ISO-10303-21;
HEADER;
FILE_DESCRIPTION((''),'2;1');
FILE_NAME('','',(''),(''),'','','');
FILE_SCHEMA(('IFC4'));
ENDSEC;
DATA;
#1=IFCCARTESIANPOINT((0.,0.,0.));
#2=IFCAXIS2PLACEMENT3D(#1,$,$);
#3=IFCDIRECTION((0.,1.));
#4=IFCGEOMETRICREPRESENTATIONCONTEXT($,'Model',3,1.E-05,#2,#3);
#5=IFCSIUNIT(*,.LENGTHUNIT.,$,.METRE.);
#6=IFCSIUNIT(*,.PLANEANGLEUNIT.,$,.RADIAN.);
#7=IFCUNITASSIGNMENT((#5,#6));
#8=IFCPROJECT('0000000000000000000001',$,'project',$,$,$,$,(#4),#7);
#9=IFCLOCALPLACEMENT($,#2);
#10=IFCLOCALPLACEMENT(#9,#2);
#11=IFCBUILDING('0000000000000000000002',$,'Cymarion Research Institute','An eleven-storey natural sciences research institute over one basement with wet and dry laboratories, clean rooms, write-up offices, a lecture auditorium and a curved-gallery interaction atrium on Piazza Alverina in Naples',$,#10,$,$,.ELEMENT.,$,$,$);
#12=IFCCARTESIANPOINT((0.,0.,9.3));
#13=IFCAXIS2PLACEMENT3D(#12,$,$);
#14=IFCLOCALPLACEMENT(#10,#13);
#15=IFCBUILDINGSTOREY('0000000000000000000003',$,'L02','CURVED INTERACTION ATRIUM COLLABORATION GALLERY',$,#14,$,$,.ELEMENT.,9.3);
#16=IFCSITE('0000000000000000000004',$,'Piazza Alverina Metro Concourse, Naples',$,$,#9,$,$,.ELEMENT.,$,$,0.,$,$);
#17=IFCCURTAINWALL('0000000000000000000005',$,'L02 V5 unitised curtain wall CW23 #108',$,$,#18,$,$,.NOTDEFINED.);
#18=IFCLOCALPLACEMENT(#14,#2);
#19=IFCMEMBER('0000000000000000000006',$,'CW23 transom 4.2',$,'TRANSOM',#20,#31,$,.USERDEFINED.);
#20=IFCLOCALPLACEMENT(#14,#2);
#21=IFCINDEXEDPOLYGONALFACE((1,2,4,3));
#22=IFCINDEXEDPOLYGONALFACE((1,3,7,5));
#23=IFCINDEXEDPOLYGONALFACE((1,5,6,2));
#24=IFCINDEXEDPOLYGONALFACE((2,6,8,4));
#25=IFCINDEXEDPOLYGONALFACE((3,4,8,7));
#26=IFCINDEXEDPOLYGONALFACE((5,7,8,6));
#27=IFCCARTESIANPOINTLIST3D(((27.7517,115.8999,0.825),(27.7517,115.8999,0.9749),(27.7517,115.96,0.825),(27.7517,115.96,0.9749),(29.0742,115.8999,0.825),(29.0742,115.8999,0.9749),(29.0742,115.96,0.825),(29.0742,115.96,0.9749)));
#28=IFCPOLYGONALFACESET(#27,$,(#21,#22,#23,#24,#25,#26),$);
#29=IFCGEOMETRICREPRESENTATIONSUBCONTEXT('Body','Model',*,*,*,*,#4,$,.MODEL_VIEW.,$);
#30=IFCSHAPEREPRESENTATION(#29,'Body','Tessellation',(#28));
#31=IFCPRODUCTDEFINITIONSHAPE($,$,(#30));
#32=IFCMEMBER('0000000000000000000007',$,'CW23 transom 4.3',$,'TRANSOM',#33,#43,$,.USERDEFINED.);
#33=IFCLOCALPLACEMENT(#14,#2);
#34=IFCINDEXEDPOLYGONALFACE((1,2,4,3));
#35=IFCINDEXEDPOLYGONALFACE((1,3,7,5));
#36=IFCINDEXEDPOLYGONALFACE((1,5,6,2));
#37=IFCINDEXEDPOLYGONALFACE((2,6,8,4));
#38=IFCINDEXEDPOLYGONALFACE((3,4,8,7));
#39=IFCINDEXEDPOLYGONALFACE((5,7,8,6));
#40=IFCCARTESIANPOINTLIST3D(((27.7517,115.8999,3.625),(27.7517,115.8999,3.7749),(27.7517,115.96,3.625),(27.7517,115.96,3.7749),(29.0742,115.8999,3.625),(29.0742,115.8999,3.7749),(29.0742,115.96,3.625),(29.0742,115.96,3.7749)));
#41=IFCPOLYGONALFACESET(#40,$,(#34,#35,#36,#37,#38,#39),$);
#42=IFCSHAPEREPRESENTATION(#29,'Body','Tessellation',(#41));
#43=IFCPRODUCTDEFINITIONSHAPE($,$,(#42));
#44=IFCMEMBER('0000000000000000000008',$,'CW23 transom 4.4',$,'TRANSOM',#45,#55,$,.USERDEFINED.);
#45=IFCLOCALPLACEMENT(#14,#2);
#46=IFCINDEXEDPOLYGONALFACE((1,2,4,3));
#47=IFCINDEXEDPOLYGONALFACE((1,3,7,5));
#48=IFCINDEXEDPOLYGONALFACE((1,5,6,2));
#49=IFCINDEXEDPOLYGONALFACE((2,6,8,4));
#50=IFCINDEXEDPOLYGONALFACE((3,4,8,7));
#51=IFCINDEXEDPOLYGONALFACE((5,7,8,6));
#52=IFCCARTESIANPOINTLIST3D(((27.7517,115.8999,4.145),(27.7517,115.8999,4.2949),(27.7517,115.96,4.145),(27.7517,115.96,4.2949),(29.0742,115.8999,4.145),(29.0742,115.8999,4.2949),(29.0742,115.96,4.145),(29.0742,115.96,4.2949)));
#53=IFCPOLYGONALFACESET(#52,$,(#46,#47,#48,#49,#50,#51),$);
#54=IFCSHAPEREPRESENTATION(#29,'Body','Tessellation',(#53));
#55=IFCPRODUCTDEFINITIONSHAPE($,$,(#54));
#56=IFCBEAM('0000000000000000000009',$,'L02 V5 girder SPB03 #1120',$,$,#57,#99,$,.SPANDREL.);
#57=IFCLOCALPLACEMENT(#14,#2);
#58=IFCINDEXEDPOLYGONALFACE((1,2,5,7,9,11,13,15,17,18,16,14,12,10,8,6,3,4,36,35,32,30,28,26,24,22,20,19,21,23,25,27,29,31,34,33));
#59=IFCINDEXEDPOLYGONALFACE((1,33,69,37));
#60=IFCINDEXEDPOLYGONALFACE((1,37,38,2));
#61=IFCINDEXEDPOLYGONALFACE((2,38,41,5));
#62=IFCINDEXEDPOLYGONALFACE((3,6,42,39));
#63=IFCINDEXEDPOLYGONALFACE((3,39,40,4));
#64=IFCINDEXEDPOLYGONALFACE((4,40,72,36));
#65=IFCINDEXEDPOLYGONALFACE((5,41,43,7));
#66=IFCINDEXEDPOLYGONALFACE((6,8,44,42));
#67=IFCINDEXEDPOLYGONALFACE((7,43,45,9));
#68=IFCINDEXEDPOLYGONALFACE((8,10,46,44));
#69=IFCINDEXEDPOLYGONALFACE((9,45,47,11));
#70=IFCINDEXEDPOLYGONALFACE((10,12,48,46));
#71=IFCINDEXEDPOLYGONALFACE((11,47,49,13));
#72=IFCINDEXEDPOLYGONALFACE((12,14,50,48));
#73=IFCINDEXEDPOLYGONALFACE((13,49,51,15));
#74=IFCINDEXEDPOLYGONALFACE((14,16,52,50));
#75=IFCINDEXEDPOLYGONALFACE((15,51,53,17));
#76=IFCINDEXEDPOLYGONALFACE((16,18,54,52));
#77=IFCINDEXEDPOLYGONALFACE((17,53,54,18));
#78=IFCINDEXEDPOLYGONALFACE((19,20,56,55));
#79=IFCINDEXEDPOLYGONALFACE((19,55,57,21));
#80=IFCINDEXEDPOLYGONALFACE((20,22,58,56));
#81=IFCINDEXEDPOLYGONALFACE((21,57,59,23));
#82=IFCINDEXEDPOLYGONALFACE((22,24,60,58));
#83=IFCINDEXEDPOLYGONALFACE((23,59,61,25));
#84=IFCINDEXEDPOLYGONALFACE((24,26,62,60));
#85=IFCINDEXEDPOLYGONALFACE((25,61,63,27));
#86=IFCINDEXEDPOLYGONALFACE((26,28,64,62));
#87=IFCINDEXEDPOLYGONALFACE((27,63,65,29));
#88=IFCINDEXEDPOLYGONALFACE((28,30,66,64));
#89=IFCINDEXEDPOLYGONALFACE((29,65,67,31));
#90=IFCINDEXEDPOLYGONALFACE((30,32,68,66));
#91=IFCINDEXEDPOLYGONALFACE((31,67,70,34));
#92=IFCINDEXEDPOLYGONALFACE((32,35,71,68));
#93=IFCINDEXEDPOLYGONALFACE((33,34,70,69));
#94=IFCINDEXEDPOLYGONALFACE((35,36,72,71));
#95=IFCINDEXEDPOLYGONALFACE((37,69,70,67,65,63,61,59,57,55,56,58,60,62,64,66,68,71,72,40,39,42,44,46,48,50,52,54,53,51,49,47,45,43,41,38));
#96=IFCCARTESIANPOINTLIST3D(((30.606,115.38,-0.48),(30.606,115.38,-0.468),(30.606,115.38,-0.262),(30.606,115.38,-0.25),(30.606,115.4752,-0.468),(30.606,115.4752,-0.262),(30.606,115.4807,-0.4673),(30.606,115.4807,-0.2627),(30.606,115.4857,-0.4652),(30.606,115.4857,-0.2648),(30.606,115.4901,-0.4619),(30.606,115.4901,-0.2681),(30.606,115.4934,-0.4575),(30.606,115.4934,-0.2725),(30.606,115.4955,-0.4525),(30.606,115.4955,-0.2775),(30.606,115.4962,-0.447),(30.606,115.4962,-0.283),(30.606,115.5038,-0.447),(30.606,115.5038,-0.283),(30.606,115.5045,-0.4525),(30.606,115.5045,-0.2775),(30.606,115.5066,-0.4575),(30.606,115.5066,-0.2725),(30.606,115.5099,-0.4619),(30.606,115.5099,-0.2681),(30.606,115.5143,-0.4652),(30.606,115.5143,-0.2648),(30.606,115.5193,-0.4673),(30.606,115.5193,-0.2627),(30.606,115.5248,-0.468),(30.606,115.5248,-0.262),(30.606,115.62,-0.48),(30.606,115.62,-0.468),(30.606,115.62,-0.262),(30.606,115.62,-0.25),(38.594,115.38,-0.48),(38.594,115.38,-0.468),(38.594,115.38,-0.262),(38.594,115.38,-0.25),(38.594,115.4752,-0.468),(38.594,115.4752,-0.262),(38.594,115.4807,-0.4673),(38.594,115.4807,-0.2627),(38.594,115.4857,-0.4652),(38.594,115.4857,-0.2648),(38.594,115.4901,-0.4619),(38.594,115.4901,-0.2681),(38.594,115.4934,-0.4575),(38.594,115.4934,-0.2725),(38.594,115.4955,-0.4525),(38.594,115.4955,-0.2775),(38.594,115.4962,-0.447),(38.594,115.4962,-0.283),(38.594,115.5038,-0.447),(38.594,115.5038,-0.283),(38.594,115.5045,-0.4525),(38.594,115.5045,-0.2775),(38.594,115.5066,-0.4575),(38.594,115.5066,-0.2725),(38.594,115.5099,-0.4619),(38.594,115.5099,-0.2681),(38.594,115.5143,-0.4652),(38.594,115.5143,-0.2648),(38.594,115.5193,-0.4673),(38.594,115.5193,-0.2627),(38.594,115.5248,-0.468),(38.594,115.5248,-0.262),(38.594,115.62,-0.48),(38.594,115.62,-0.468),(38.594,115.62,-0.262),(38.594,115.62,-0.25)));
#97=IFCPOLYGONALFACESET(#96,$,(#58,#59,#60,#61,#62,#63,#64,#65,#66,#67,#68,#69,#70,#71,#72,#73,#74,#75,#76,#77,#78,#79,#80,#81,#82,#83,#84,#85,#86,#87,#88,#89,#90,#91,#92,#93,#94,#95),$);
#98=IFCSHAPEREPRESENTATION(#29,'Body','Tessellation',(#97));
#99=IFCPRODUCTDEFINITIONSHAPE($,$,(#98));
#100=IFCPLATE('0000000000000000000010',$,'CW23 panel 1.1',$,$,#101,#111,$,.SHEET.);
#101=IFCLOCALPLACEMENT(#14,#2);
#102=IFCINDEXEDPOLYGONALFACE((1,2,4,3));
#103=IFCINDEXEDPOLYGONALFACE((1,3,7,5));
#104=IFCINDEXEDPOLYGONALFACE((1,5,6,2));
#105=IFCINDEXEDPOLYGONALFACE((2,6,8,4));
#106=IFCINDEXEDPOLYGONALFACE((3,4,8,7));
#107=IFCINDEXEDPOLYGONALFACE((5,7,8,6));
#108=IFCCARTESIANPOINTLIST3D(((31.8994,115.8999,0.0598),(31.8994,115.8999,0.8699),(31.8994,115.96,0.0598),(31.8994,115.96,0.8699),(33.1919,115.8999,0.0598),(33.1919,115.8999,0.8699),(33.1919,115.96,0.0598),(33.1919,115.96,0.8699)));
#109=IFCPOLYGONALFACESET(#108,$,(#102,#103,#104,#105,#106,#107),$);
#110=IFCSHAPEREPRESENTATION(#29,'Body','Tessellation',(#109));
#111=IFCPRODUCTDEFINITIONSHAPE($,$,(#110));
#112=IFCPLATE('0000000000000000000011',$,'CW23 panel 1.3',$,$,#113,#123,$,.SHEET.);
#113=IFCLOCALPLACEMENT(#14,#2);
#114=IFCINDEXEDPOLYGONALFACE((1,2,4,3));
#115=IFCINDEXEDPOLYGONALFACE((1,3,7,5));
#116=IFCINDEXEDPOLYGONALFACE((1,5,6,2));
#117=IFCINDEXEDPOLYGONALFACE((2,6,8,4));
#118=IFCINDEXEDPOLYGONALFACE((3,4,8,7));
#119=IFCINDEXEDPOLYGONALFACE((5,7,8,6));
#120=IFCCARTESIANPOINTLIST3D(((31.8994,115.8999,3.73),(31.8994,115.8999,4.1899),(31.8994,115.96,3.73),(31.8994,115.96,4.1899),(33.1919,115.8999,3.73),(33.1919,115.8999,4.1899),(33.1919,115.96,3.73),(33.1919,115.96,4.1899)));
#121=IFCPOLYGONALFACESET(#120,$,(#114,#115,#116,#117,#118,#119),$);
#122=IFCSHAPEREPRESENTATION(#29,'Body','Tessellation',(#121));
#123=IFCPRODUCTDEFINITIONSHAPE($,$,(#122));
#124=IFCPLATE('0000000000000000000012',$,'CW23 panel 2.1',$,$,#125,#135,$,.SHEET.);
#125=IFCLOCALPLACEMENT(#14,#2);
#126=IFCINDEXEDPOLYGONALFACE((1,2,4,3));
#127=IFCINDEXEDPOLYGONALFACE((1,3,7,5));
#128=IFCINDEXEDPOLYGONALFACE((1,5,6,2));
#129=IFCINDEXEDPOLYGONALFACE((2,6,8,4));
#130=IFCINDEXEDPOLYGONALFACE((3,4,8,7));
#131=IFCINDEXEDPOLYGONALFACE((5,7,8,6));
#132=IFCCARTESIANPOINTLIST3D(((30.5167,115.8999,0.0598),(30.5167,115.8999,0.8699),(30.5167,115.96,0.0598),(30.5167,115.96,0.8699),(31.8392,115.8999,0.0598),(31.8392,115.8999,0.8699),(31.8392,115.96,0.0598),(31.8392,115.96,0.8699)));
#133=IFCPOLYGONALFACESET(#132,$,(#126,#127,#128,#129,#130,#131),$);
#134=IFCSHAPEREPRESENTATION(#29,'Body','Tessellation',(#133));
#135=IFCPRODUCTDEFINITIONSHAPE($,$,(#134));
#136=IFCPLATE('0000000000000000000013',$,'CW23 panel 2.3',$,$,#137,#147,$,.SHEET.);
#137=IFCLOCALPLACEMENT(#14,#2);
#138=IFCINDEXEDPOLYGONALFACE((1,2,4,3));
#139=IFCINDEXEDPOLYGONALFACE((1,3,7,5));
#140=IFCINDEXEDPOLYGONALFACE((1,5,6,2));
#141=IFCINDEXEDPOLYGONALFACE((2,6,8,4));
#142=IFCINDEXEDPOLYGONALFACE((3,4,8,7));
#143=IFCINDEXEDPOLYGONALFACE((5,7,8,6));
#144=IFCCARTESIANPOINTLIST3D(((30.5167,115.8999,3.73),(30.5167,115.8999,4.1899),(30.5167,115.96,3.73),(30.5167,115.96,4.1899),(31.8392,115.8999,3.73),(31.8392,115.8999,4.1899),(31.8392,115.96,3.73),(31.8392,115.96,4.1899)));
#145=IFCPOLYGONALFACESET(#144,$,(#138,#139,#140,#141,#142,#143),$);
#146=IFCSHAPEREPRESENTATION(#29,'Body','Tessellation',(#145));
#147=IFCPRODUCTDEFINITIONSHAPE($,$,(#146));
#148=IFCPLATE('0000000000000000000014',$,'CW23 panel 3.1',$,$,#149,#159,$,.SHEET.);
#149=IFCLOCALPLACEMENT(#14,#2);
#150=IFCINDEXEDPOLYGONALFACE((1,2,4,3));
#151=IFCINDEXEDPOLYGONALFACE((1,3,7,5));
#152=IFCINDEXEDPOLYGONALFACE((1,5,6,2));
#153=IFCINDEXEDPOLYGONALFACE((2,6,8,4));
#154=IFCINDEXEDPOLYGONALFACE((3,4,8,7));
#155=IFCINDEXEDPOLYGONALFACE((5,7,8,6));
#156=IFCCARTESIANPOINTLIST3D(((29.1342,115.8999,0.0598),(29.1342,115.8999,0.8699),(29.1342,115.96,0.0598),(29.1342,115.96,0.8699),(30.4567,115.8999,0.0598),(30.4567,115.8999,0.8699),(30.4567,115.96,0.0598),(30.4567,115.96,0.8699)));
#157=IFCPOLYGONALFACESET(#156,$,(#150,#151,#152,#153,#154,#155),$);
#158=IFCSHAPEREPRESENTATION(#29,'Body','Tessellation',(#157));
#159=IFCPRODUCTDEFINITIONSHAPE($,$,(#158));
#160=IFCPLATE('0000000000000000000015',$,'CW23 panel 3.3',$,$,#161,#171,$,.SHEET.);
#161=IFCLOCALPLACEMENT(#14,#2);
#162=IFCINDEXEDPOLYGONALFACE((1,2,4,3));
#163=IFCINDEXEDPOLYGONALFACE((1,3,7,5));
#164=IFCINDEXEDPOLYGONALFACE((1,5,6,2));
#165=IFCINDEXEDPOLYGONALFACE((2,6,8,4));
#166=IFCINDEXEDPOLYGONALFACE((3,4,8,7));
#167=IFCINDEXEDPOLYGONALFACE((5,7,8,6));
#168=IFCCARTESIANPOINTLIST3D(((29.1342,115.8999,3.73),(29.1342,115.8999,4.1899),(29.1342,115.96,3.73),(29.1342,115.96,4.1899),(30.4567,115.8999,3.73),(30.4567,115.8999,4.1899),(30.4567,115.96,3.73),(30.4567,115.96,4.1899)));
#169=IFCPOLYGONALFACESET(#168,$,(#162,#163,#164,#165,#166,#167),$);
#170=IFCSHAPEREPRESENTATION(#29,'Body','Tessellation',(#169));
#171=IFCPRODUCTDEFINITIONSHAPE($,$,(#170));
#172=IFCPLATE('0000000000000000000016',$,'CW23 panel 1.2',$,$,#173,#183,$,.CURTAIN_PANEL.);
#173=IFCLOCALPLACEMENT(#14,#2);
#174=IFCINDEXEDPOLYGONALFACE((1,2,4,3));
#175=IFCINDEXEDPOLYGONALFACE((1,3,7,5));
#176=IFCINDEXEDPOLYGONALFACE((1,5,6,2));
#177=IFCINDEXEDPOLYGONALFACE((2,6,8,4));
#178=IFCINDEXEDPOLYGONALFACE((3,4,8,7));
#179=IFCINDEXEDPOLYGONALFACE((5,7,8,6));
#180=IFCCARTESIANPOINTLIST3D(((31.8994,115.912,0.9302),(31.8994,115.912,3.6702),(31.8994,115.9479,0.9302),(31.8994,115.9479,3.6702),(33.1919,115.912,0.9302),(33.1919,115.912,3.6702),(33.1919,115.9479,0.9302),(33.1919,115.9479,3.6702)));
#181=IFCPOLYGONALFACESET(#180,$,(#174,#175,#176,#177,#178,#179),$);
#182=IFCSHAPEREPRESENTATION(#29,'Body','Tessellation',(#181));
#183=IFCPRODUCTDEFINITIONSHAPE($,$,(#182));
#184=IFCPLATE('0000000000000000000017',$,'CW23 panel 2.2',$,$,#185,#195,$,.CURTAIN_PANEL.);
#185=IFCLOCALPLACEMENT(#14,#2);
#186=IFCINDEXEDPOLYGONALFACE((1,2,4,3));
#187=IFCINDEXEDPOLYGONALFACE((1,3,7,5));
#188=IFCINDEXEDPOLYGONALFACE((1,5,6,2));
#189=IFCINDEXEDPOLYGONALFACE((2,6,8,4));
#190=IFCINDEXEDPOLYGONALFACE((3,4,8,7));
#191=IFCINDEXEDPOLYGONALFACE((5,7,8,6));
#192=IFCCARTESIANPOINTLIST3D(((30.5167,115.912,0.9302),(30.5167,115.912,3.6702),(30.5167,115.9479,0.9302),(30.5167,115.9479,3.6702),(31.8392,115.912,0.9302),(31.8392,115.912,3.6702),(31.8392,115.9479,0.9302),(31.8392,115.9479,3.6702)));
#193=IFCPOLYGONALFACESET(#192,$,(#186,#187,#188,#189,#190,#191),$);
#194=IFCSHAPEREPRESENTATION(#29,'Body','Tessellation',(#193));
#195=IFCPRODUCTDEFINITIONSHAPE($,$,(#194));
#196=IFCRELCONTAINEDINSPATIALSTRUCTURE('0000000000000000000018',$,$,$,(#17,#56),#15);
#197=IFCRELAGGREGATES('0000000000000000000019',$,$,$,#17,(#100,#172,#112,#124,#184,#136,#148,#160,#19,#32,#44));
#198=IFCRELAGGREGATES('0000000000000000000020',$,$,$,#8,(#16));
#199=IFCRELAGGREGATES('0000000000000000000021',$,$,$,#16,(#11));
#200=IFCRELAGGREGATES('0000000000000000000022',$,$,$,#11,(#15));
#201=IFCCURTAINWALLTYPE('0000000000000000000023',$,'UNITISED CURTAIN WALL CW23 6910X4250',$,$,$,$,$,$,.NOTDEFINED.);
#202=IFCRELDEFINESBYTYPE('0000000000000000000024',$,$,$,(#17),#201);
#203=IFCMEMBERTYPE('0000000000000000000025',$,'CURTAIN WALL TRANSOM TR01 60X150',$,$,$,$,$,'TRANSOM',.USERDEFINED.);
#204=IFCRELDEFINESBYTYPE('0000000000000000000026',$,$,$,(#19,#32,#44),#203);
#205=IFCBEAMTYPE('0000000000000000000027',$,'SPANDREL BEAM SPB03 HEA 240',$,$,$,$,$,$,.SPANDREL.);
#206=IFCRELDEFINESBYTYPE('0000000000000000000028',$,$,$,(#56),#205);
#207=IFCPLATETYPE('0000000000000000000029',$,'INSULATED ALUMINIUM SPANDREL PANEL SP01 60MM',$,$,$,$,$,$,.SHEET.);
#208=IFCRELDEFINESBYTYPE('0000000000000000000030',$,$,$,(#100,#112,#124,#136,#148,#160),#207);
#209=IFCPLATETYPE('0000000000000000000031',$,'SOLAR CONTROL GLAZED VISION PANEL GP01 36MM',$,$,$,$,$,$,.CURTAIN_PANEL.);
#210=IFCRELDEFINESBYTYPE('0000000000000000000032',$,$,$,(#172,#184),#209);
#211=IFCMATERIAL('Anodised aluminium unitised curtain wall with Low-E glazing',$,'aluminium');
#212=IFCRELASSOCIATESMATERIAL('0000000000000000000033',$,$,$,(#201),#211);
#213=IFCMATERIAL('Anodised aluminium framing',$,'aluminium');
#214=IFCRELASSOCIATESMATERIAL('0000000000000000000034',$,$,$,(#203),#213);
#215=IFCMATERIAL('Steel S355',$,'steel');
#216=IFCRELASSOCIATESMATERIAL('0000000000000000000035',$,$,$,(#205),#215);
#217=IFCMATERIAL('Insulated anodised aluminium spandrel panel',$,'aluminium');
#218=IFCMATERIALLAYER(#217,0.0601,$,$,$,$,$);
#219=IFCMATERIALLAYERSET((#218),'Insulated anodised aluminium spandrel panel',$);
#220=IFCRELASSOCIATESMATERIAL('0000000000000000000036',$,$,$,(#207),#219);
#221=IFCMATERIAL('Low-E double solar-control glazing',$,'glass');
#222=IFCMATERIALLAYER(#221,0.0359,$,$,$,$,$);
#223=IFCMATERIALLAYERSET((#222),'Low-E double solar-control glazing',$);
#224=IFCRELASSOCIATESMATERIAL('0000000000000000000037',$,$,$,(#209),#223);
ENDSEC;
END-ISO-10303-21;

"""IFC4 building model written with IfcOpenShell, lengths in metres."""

from ifc_helpers import new_model, si_unit, direction, frame, origin, origin_2d, place, context, subcontext, project, spatial, rectangle, i_section, extrude, material, layer, layer_set, material_profile, profile_set, type_object, element, aggregate, save


model = new_model("IFC4")

# Units and contexts
model_context = context("Model", 3, precision=1e-05, world=origin(), true_north=direction((0.0, 1.0)))
body_context = subcontext(model_context, "Body", "Model", "MODEL_VIEW")
ifc_project = project(units=[si_unit("LENGTHUNIT", "METRE"), si_unit("PLANEANGLEUNIT", "RADIAN")], contexts=[model_context])

# Site, building, storey
site_placement = place(None, origin())
site = spatial("IfcSite", under=ifc_project, at=site_placement, Name="Piazza Alverina Metro Concourse, Naples", CompositionType="ELEMENT", RefElevation=0.0)
building_placement = place(site_placement, origin())
building = spatial("IfcBuilding", under=site, at=building_placement, Name="Cymarion Research Institute", Description="An eleven-storey natural sciences research institute over one basement with wet and dry laboratories, clean rooms, write-up offices, a lecture auditorium and a curved-gallery interaction atrium on Piazza Alverina in Naples", CompositionType="ELEMENT")
storey_placement = place(building_placement, frame((0.0, 0.0, 9.3)))
storey = spatial("IfcBuildingStorey", under=building, at=storey_placement, Name="L02", Description="CURVED INTERACTION ATRIUM COLLABORATION GALLERY", CompositionType="ELEMENT", Elevation=9.3)

# Shared definitions
ifc_material_1 = material(Name="Steel S355", Category="steel")

# Curtain wall, members
ifc_material_2 = material(Name="Anodised aluminium unitised curtain wall with Low-E glazing", Category="aluminium")
curtain_wall_type = type_object("IfcCurtainWallType", Name="UNITISED CURTAIN WALL CW23 6910X4250", PredefinedType="NOTDEFINED", material=ifc_material_2)
curtain_wall_placement = place(storey_placement, origin())
curtain_wall = element("IfcCurtainWall", 1, at=curtain_wall_placement, inside=storey, type_object=curtain_wall_type, Name="L02 V5 unitised curtain wall CW23 #108", PredefinedType="NOTDEFINED")
ifc_material_3 = material(Name="Anodised aluminium framing", Category="aluminium")
ifc_material_profile_1 = material_profile(ifc_material_3, rectangle(XDim=0.0601, YDim=0.1499, at=origin_2d()), Name="ALU TRANSOM 60x150")
ifc_profile_set_1 = profile_set([ifc_material_profile_1], Name="Anodised aluminium framing")
member_type_1 = type_object("IfcMemberType", Name="CURTAIN WALL TRANSOM TR01 60X150", ElementType="TRANSOM", PredefinedType="USERDEFINED", material=ifc_profile_set_1)
member_1_placement = place(storey_placement, frame((29.0742, 115.9299, 0.8999), z_axis=(-1.0, 0.0, 0.0), x_axis=(0.0, -1.0, 0.0)))
member_1 = element("IfcMember", 2, at=member_1_placement, type_object=member_type_1, Name="CW23 transom 4.2", ObjectType="TRANSOM", PredefinedType="USERDEFINED", context=body_context, shape_type="SweptSolid", body=[
    extrude(rectangle(XDim=0.0601, YDim=0.1499, at=origin_2d()), origin(), (0.0, 0.0, 1.0), 1.3225),
])
member_2_placement = place(storey_placement, frame((29.0742, 115.9299, 3.7), z_axis=(-1.0, 0.0, 0.0), x_axis=(0.0, -1.0, 0.0)))
member_2 = element("IfcMember", 3, at=member_2_placement, type_object=member_type_1, Name="CW23 transom 4.3", ObjectType="TRANSOM", PredefinedType="USERDEFINED", context=body_context, shape_type="SweptSolid", body=[
    extrude(rectangle(XDim=0.0601, YDim=0.1499, at=origin_2d()), origin(), (0.0, 0.0, 1.0), 1.3225),
])
member_3_placement = place(storey_placement, frame((29.0742, 115.9299, 4.22), z_axis=(-1.0, 0.0, 0.0), x_axis=(0.0, -1.0, 0.0)))
member_3 = element("IfcMember", 4, at=member_3_placement, type_object=member_type_1, Name="CW23 transom 4.4", ObjectType="TRANSOM", PredefinedType="USERDEFINED", context=body_context, shape_type="SweptSolid", body=[
    extrude(rectangle(XDim=0.0601, YDim=0.1499, at=origin_2d()), origin(), (0.0, 0.0, 1.0), 1.3225),
])

# Beam
ifc_material_profile_2 = material_profile(ifc_material_1, i_section(OverallWidth=0.24, OverallDepth=0.23, WebThickness=0.0076, FlangeThickness=0.012, FilletRadius=0.021, at=origin_2d()), Name="HEA 240")
ifc_profile_set_2 = profile_set([ifc_material_profile_2], Name="Steel S355")
beam_type = type_object("IfcBeamType", Name="SPANDREL BEAM SPB03 HEA 240", PredefinedType="SPANDREL", material=ifc_profile_set_2)
beam_placement = place(storey_placement, frame((30.606, 115.5, -0.365), z_axis=(1.0, 0.0, 0.0), x_axis=(0.0, 1.0, 0.0)))
element("IfcBeam", 5, at=beam_placement, inside=storey, type_object=beam_type, Name="L02 V5 girder SPB03 #1120", PredefinedType="SPANDREL", context=body_context, shape_type="SweptSolid", body=[
    extrude(i_section(OverallWidth=0.24, OverallDepth=0.23, WebThickness=0.0076, FlangeThickness=0.012, FilletRadius=0.021, at=origin_2d()), origin(), (0.0, 0.0, 1.0), 7.988),
])

# Plates
ifc_material_4 = material(Name="Insulated anodised aluminium spandrel panel", Category="aluminium")
ifc_layer_1 = layer(ifc_material_4, 0.0601)
ifc_layer_set_1 = layer_set([ifc_layer_1], Name="Insulated anodised aluminium spandrel panel")
plate_type_1 = type_object("IfcPlateType", Name="INSULATED ALUMINIUM SPANDREL PANEL SP01 60MM", PredefinedType="SHEET", material=ifc_layer_set_1)
plate_1_placement = place(storey_placement, frame((32.5457, 115.9299, 0.0598), z_axis=(0.0, 0.0, 1.0), x_axis=(-1.0, 0.0, 0.0)))
plate_1 = element("IfcPlate", 6, at=plate_1_placement, type_object=plate_type_1, Name="CW23 panel 1.1", PredefinedType="SHEET", context=body_context, shape_type="SweptSolid", body=[
    extrude(rectangle(XDim=1.2925, YDim=0.0601, at=origin_2d()), origin(), (0.0, 0.0, 1.0), 0.8101),
])
plate_2_placement = place(storey_placement, frame((32.5457, 115.9299, 3.73), z_axis=(0.0, 0.0, 1.0), x_axis=(-1.0, 0.0, 0.0)))
plate_2 = element("IfcPlate", 7, at=plate_2_placement, type_object=plate_type_1, Name="CW23 panel 1.3", PredefinedType="SHEET", context=body_context, shape_type="SweptSolid", body=[
    extrude(rectangle(XDim=1.2925, YDim=0.0601, at=origin_2d()), origin(), (0.0, 0.0, 1.0), 0.46),
])
plate_3_placement = place(storey_placement, frame((31.178, 115.9299, 0.0598), z_axis=(0.0, 0.0, 1.0), x_axis=(-1.0, 0.0, 0.0)))
plate_3 = element("IfcPlate", 8, at=plate_3_placement, type_object=plate_type_1, Name="CW23 panel 2.1", PredefinedType="SHEET", context=body_context, shape_type="SweptSolid", body=[
    extrude(rectangle(XDim=1.3225, YDim=0.0601, at=origin_2d()), origin(), (0.0, 0.0, 1.0), 0.8101),
])
plate_4_placement = place(storey_placement, frame((31.178, 115.9299, 3.73), z_axis=(0.0, 0.0, 1.0), x_axis=(-1.0, 0.0, 0.0)))
plate_4 = element("IfcPlate", 9, at=plate_4_placement, type_object=plate_type_1, Name="CW23 panel 2.3", PredefinedType="SHEET", context=body_context, shape_type="SweptSolid", body=[
    extrude(rectangle(XDim=1.3225, YDim=0.0601, at=origin_2d()), origin(), (0.0, 0.0, 1.0), 0.46),
])
plate_5_placement = place(storey_placement, frame((29.7954, 115.9299, 0.0598), z_axis=(0.0, 0.0, 1.0), x_axis=(-1.0, 0.0, 0.0)))
plate_5 = element("IfcPlate", 10, at=plate_5_placement, type_object=plate_type_1, Name="CW23 panel 3.1", PredefinedType="SHEET", context=body_context, shape_type="SweptSolid", body=[
    extrude(rectangle(XDim=1.3225, YDim=0.0601, at=origin_2d()), origin(), (0.0, 0.0, 1.0), 0.8101),
])
plate_6_placement = place(storey_placement, frame((29.7954, 115.9299, 3.73), z_axis=(0.0, 0.0, 1.0), x_axis=(-1.0, 0.0, 0.0)))
plate_6 = element("IfcPlate", 11, at=plate_6_placement, type_object=plate_type_1, Name="CW23 panel 3.3", PredefinedType="SHEET", context=body_context, shape_type="SweptSolid", body=[
    extrude(rectangle(XDim=1.3225, YDim=0.0601, at=origin_2d()), origin(), (0.0, 0.0, 1.0), 0.46),
])
ifc_material_5 = material(Name="Low-E double solar-control glazing", Category="glass")
ifc_layer_2 = layer(ifc_material_5, 0.0359)
ifc_layer_set_2 = layer_set([ifc_layer_2], Name="Low-E double solar-control glazing")
plate_type_2 = type_object("IfcPlateType", Name="SOLAR CONTROL GLAZED VISION PANEL GP01 36MM", PredefinedType="CURTAIN_PANEL", material=ifc_layer_set_2)
plate_7_placement = place(storey_placement, frame((32.5457, 115.9299, 0.9302), z_axis=(0.0, 0.0, 1.0), x_axis=(-1.0, 0.0, 0.0)))
plate_7 = element("IfcPlate", 12, at=plate_7_placement, type_object=plate_type_2, Name="CW23 panel 1.2", PredefinedType="CURTAIN_PANEL", context=body_context, shape_type="SweptSolid", body=[
    extrude(rectangle(XDim=1.2925, YDim=0.0359, at=origin_2d()), origin(), (0.0, 0.0, 1.0), 2.74),
])
plate_8_placement = place(storey_placement, frame((31.178, 115.9299, 0.9302), z_axis=(0.0, 0.0, 1.0), x_axis=(-1.0, 0.0, 0.0)))
plate_8 = element("IfcPlate", 13, at=plate_8_placement, type_object=plate_type_2, Name="CW23 panel 2.2", PredefinedType="CURTAIN_PANEL", context=body_context, shape_type="SweptSolid", body=[
    extrude(rectangle(XDim=1.3225, YDim=0.0359, at=origin_2d()), origin(), (0.0, 0.0, 1.0), 2.74),
])
aggregate(curtain_wall, [plate_1, plate_7, plate_2, plate_3, plate_8, plate_4, plate_5, plate_6, member_1, member_2, member_3])

save(model, "model.ifc")
